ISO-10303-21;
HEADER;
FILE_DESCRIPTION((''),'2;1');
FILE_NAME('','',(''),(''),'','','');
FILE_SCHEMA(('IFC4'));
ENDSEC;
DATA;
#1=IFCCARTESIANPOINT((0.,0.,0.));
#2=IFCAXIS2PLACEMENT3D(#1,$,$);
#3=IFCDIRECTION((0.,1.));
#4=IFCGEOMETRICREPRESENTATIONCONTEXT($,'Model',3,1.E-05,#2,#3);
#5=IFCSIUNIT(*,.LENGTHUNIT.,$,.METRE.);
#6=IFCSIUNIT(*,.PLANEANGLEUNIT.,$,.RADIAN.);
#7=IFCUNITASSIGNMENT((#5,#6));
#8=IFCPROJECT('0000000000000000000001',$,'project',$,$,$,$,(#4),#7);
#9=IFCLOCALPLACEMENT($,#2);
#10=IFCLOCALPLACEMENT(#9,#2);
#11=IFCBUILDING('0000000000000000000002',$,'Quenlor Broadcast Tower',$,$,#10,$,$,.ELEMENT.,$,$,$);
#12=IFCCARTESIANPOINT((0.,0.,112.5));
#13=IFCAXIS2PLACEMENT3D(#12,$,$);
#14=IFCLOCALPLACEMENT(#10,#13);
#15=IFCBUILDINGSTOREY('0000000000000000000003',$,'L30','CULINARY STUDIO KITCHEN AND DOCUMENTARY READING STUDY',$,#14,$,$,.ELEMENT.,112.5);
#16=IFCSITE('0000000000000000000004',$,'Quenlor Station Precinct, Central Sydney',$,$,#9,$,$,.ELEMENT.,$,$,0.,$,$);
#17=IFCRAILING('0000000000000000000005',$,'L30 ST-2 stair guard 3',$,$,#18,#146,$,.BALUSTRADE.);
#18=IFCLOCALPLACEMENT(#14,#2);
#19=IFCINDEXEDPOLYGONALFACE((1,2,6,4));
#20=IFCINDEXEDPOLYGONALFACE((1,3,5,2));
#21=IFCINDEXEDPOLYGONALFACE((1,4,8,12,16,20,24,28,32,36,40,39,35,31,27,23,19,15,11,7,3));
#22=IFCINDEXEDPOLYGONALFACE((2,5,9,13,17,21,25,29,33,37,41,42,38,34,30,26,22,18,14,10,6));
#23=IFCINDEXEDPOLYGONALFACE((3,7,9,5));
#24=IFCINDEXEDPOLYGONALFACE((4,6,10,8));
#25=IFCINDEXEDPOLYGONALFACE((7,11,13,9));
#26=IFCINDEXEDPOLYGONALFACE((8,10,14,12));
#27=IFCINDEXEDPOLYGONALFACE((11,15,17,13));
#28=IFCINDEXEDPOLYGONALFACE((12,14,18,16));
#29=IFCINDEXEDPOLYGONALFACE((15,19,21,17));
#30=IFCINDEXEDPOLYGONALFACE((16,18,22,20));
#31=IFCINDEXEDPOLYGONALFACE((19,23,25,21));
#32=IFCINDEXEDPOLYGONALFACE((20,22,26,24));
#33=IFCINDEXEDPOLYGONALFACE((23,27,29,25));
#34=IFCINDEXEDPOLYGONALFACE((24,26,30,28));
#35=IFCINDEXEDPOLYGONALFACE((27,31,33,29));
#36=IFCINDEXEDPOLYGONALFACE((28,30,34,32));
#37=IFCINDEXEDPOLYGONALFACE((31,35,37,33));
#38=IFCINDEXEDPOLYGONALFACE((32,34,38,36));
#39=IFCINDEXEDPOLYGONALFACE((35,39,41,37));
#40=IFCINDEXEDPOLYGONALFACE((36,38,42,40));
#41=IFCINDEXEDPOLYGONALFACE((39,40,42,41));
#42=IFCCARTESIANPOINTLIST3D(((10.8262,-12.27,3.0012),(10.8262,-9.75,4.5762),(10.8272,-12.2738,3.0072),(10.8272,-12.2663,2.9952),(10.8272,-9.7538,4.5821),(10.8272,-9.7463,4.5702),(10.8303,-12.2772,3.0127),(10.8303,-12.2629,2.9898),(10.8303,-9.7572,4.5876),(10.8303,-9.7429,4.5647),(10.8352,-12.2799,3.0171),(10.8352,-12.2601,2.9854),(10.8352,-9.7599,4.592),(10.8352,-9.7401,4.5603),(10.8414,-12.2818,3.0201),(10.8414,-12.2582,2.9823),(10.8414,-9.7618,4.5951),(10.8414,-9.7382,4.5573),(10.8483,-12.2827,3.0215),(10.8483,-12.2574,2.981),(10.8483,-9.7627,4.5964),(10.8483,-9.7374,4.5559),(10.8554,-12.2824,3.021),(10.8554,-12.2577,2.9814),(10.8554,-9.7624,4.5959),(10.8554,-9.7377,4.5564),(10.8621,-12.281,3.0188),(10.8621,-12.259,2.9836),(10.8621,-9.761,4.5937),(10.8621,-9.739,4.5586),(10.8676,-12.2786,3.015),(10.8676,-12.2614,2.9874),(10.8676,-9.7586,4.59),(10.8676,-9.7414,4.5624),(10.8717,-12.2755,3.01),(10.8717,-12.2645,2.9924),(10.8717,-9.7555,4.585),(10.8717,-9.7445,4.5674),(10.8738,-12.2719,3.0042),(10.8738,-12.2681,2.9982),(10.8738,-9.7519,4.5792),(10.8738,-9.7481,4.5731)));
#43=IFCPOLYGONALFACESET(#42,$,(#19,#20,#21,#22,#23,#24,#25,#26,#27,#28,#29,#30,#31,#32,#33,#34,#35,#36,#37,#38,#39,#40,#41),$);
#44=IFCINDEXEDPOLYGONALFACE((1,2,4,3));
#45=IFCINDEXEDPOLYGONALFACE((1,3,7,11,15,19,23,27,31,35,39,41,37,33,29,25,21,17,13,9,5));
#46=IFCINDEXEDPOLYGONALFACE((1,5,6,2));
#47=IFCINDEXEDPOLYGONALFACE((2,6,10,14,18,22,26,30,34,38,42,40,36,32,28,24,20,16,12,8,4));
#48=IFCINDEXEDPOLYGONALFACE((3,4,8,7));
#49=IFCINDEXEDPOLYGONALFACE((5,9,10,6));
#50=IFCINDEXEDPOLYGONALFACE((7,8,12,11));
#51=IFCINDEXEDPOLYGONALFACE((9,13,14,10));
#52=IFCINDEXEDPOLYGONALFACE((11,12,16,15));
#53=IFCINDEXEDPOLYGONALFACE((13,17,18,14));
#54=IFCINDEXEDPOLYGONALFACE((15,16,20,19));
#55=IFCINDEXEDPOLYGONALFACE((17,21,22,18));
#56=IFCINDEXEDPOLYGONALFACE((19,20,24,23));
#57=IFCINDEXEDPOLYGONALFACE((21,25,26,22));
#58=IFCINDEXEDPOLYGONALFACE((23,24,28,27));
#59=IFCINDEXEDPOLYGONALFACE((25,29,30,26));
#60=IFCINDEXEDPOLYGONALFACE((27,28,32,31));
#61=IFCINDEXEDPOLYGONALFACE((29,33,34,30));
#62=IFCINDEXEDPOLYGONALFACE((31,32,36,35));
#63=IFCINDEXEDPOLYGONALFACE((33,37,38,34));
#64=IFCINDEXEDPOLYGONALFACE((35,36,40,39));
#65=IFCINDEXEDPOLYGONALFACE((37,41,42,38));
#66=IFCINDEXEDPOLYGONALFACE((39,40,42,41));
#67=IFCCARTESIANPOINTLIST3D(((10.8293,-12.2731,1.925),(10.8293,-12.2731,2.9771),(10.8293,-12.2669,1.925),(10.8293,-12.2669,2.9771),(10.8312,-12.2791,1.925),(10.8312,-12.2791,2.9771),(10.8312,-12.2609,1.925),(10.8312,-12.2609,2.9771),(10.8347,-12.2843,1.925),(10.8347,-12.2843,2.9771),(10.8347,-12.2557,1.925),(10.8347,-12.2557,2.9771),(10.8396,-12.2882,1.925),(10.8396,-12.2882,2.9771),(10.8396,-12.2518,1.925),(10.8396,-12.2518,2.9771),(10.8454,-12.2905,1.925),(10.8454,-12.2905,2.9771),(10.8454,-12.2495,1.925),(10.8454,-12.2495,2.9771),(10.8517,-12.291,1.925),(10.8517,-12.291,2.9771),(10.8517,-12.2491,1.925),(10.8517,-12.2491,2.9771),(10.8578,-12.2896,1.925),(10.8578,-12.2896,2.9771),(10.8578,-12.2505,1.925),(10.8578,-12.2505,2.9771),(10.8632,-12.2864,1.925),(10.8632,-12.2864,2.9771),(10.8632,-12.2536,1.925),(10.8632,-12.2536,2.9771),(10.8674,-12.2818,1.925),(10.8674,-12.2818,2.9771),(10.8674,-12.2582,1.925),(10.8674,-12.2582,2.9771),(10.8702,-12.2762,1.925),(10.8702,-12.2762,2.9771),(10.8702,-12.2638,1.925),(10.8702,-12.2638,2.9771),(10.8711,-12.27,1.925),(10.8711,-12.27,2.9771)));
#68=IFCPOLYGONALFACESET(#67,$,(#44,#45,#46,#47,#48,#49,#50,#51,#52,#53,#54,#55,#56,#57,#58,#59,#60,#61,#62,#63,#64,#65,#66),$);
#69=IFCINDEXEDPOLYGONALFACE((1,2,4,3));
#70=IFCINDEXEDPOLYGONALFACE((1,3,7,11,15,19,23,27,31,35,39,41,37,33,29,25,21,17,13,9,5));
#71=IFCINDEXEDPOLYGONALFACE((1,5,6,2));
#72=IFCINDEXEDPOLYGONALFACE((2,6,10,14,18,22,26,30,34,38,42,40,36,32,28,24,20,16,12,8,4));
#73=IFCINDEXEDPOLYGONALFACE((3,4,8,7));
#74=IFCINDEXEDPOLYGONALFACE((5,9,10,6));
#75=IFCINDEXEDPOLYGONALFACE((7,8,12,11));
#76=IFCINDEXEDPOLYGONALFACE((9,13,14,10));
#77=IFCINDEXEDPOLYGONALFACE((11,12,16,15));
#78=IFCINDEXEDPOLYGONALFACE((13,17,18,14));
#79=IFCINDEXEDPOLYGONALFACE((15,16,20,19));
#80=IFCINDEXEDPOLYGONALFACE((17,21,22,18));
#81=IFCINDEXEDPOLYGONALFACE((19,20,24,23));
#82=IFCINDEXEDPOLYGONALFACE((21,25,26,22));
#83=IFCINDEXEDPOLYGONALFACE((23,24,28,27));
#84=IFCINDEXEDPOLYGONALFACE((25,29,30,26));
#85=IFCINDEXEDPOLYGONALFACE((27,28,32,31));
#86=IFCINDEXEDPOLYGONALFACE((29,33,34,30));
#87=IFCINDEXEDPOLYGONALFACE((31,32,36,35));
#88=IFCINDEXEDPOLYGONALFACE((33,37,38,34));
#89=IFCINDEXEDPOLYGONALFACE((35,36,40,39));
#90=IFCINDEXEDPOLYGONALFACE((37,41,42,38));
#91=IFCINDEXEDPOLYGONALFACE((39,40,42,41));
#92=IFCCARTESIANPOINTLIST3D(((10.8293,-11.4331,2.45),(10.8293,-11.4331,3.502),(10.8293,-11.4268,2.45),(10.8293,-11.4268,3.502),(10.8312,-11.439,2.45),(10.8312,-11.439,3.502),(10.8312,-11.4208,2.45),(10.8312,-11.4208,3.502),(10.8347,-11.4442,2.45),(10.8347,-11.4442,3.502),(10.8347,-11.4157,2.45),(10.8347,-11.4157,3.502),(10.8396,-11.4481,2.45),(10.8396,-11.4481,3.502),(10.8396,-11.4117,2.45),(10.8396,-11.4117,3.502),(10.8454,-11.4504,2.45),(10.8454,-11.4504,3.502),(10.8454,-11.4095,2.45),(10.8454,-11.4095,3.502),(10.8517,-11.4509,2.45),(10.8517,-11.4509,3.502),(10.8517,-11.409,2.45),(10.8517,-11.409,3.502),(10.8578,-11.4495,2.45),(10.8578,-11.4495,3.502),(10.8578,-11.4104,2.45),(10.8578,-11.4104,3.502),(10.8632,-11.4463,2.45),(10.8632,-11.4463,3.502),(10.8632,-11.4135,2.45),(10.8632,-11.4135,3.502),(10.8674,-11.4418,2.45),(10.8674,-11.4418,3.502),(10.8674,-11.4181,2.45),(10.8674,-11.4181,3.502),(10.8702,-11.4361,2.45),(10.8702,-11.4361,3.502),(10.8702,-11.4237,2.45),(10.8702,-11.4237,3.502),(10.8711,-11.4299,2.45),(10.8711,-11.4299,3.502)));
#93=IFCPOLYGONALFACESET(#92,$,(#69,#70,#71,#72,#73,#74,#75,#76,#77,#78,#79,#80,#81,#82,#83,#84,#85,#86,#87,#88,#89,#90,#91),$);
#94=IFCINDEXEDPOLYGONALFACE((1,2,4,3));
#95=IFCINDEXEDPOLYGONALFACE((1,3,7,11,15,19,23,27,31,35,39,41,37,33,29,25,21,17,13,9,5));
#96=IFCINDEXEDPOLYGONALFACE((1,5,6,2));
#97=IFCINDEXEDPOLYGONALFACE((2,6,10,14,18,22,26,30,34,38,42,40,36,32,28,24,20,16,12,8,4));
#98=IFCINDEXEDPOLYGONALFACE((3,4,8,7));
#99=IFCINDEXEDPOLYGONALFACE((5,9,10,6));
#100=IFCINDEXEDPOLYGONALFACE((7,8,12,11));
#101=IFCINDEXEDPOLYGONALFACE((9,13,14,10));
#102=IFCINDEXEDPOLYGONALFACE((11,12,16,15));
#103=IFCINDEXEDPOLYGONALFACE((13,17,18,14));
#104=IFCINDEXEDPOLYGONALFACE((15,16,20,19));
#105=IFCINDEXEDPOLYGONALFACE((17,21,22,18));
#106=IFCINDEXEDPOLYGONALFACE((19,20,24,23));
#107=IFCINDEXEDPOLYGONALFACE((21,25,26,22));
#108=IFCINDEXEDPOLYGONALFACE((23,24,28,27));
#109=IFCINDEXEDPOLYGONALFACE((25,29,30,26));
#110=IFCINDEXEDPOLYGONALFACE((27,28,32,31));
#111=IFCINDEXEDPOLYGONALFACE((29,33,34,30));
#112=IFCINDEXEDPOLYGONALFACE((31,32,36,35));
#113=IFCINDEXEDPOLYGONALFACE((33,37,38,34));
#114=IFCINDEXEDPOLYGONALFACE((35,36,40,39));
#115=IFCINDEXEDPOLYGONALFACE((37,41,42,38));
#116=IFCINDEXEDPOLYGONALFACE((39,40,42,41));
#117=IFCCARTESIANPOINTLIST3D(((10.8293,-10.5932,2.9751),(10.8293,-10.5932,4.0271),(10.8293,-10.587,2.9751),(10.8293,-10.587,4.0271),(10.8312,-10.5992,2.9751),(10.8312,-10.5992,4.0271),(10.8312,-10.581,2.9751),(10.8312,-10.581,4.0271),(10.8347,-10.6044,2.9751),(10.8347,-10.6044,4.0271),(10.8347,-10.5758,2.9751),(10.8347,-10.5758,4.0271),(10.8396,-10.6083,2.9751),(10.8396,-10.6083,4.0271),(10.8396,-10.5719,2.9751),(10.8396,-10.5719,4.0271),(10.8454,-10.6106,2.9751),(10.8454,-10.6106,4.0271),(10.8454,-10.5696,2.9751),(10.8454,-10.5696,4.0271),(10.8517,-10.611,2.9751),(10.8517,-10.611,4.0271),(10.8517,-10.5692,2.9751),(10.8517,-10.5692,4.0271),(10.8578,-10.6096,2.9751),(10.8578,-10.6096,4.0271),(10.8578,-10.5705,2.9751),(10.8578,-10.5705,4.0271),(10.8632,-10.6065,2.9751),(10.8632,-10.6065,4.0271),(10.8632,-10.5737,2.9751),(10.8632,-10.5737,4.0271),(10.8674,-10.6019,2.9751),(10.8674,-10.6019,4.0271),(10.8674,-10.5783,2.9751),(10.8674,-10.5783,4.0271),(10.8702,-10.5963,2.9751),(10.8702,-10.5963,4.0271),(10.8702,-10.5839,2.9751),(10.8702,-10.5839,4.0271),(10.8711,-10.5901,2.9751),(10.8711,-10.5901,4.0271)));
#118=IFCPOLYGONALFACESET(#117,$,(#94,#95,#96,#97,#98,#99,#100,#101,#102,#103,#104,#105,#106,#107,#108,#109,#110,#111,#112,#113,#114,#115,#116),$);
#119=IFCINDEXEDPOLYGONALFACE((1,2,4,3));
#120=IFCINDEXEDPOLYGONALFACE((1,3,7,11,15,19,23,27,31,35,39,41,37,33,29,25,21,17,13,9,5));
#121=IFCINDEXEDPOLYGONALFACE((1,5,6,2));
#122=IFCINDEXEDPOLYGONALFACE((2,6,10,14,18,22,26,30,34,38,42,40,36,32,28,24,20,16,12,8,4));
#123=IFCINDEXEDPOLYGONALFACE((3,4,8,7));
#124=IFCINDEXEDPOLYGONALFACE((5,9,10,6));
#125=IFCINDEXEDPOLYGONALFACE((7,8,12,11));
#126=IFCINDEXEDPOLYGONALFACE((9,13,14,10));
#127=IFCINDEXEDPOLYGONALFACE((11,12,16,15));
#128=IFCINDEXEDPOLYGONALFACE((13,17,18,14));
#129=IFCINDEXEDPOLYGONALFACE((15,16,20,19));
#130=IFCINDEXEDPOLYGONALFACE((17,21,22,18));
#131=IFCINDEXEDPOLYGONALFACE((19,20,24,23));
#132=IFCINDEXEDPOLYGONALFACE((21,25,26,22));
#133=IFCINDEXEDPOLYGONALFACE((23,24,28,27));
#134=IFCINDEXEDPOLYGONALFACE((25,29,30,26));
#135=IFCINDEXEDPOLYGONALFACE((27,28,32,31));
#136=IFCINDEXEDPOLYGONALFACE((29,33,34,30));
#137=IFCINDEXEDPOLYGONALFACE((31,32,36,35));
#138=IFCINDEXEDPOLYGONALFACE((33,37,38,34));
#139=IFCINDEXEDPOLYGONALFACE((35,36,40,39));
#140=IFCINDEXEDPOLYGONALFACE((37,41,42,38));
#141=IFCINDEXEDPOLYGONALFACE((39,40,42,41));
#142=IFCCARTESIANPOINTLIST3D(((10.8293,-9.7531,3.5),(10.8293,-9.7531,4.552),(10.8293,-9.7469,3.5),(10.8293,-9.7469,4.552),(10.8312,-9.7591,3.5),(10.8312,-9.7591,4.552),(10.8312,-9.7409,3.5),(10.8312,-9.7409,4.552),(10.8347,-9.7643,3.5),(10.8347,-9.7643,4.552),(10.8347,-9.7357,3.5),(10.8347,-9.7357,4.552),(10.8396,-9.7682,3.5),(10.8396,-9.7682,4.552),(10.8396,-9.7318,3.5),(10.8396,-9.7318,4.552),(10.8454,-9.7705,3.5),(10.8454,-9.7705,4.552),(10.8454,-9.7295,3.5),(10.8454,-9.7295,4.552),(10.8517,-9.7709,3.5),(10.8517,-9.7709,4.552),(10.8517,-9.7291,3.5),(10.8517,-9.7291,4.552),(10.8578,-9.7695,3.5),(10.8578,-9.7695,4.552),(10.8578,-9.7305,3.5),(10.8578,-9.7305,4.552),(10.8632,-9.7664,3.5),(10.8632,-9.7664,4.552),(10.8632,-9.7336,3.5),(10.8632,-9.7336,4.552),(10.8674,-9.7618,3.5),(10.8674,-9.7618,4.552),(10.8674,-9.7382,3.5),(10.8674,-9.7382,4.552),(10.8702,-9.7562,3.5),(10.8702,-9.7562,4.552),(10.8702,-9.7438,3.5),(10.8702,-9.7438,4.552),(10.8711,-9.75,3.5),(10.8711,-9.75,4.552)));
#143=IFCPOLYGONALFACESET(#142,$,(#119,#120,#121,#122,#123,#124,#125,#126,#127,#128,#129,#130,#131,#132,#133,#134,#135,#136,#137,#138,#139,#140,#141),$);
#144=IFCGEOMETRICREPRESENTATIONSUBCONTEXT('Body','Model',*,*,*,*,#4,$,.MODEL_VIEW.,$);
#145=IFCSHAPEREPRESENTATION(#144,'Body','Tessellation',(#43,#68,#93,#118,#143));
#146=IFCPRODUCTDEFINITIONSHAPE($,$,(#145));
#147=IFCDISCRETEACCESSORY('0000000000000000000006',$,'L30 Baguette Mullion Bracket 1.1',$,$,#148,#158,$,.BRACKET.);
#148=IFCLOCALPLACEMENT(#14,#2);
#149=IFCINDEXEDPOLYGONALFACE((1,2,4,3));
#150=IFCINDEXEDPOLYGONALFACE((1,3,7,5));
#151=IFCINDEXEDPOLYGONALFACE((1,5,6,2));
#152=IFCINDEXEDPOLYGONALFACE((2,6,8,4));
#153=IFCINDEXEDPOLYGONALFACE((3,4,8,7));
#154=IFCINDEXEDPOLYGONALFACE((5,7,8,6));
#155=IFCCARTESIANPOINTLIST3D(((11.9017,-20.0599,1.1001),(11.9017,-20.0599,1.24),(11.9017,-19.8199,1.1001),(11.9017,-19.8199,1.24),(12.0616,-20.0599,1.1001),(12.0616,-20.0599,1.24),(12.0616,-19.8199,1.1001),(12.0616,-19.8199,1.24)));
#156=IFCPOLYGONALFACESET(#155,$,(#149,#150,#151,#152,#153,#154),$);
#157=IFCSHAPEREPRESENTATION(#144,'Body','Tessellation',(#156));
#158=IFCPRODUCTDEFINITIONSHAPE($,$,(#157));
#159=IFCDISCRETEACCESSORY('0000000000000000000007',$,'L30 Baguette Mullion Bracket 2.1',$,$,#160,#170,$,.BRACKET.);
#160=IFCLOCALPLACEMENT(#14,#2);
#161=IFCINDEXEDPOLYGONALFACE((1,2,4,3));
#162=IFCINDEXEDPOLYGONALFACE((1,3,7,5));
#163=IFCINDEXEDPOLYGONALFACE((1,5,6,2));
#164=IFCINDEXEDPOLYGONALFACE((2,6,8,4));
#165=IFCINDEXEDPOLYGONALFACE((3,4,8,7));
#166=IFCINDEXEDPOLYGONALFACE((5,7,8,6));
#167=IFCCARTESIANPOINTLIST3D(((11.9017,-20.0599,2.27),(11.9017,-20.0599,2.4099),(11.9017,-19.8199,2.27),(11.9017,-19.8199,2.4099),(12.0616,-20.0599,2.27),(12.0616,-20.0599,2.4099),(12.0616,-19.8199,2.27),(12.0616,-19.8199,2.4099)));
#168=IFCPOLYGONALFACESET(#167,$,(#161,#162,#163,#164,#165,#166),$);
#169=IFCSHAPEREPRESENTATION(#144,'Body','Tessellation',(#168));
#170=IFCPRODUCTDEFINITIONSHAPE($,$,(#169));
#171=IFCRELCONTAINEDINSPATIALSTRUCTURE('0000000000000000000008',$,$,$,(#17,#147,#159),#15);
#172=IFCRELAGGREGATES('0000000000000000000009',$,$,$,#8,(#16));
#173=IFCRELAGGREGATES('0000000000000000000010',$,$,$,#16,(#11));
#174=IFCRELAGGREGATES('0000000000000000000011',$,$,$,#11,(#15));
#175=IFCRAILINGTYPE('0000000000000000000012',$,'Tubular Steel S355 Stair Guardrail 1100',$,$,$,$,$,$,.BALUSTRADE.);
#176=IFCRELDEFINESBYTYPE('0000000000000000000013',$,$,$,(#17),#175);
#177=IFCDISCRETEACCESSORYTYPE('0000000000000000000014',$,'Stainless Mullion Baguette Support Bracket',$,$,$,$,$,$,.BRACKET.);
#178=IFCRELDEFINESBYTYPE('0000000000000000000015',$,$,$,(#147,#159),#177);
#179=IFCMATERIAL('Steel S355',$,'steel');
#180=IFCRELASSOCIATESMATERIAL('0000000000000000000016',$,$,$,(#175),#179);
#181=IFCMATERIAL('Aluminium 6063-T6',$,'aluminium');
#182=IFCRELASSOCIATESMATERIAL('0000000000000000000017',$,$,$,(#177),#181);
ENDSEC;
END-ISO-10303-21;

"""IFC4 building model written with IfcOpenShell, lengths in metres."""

from ifc_helpers import new_model, si_unit, direction, frame, origin, origin_2d, place, context, subcontext, project, spatial, rectangle, circle, extrude, material, type_object, element, save


model = new_model("IFC4")

# Units and contexts
model_context = context("Model", 3, precision=1e-05, world=origin(), true_north=direction((0.0, 1.0)))
body_context = subcontext(model_context, "Body", "Model", "MODEL_VIEW")
ifc_project = project(units=[si_unit("LENGTHUNIT", "METRE"), si_unit("PLANEANGLEUNIT", "RADIAN")], contexts=[model_context])

# Site, building, storey
site_placement = place(None, origin())
site = spatial("IfcSite", under=ifc_project, at=site_placement, Name="Quenlor Station Precinct, Central Sydney", CompositionType="ELEMENT", RefElevation=0.0)
building_placement = place(site_placement, origin())
building = spatial("IfcBuilding", under=site, at=building_placement, Name="Quenlor Broadcast Tower", CompositionType="ELEMENT")
storey_placement = place(building_placement, frame((0.0, 0.0, 112.5)))
storey = spatial("IfcBuildingStorey", under=building, at=storey_placement, Name="L30", Description="CULINARY STUDIO KITCHEN AND DOCUMENTARY READING STUDY", CompositionType="ELEMENT", Elevation=112.5)

# Railing
ifc_material_1 = material(Name="Steel S355", Category="steel")
railing_type = type_object("IfcRailingType", Name="Tubular Steel S355 Stair Guardrail 1100", PredefinedType="BALUSTRADE", material=ifc_material_1)
railing_placement = place(storey_placement, frame((10.8501, -12.27, 1.925)))
element("IfcRailing", 1, at=railing_placement, inside=storey, type_object=railing_type, Name="L30 ST-2 stair guard 3", PredefinedType="BALUSTRADE", context=body_context, shape_type="SweptSolid", body=[
    extrude(circle(Radius=0.0239, at=origin_2d()), frame((0.0, 0.0, 1.0762), z_axis=(0.0, 0.848008, 0.529984), x_axis=(-1.0, 0.0, 0.0)), (0.0, 0.0, 1.0), 2.9717),
    extrude(circle(Radius=0.021, at=origin_2d()), origin(), (0.0, 0.0, 1.0), 1.052),
    extrude(circle(Radius=0.021, at=origin_2d()), frame((0.0, 0.8401, 0.5249)), (0.0, 0.0, 1.0), 1.052),
    extrude(circle(Radius=0.021, at=origin_2d()), frame((0.0, 1.6799, 1.05)), (0.0, 0.0, 1.0), 1.052),
    extrude(circle(Radius=0.021, at=origin_2d()), frame((0.0, 2.52, 1.575)), (0.0, 0.0, 1.0), 1.052),
])

# Discrete accessories
ifc_material_2 = material(Name="Aluminium 6063-T6", Category="aluminium")
discrete_accessory_type = type_object("IfcDiscreteAccessoryType", Name="Stainless Mullion Baguette Support Bracket", PredefinedType="BRACKET", material=ifc_material_2)
for number, where, z_axis, x_axis, name in (
    (2, (11.9817, -19.9399, 1.1001), (0.0, 0.0, 1.0), (-1.0, 0.0, 0.0), "L30 Baguette Mullion Bracket 1.1"),
    (3, (11.9817, -19.9399, 2.27), (0.0, 0.0, 1.0), (-1.0, 0.0, 0.0), "L30 Baguette Mullion Bracket 2.1"),
):
    element("IfcDiscreteAccessory", number, at=place(storey_placement, frame(where, z_axis=z_axis, x_axis=x_axis)), inside=storey, type_object=discrete_accessory_type, Name=name, PredefinedType="BRACKET", context=body_context, shape_type="SweptSolid", body=[
        extrude(rectangle(XDim=0.1599, YDim=0.24, at=origin_2d()), origin(), (0.0, 0.0, 1.0), 0.1399),
    ])

save(model, "model.ifc")
